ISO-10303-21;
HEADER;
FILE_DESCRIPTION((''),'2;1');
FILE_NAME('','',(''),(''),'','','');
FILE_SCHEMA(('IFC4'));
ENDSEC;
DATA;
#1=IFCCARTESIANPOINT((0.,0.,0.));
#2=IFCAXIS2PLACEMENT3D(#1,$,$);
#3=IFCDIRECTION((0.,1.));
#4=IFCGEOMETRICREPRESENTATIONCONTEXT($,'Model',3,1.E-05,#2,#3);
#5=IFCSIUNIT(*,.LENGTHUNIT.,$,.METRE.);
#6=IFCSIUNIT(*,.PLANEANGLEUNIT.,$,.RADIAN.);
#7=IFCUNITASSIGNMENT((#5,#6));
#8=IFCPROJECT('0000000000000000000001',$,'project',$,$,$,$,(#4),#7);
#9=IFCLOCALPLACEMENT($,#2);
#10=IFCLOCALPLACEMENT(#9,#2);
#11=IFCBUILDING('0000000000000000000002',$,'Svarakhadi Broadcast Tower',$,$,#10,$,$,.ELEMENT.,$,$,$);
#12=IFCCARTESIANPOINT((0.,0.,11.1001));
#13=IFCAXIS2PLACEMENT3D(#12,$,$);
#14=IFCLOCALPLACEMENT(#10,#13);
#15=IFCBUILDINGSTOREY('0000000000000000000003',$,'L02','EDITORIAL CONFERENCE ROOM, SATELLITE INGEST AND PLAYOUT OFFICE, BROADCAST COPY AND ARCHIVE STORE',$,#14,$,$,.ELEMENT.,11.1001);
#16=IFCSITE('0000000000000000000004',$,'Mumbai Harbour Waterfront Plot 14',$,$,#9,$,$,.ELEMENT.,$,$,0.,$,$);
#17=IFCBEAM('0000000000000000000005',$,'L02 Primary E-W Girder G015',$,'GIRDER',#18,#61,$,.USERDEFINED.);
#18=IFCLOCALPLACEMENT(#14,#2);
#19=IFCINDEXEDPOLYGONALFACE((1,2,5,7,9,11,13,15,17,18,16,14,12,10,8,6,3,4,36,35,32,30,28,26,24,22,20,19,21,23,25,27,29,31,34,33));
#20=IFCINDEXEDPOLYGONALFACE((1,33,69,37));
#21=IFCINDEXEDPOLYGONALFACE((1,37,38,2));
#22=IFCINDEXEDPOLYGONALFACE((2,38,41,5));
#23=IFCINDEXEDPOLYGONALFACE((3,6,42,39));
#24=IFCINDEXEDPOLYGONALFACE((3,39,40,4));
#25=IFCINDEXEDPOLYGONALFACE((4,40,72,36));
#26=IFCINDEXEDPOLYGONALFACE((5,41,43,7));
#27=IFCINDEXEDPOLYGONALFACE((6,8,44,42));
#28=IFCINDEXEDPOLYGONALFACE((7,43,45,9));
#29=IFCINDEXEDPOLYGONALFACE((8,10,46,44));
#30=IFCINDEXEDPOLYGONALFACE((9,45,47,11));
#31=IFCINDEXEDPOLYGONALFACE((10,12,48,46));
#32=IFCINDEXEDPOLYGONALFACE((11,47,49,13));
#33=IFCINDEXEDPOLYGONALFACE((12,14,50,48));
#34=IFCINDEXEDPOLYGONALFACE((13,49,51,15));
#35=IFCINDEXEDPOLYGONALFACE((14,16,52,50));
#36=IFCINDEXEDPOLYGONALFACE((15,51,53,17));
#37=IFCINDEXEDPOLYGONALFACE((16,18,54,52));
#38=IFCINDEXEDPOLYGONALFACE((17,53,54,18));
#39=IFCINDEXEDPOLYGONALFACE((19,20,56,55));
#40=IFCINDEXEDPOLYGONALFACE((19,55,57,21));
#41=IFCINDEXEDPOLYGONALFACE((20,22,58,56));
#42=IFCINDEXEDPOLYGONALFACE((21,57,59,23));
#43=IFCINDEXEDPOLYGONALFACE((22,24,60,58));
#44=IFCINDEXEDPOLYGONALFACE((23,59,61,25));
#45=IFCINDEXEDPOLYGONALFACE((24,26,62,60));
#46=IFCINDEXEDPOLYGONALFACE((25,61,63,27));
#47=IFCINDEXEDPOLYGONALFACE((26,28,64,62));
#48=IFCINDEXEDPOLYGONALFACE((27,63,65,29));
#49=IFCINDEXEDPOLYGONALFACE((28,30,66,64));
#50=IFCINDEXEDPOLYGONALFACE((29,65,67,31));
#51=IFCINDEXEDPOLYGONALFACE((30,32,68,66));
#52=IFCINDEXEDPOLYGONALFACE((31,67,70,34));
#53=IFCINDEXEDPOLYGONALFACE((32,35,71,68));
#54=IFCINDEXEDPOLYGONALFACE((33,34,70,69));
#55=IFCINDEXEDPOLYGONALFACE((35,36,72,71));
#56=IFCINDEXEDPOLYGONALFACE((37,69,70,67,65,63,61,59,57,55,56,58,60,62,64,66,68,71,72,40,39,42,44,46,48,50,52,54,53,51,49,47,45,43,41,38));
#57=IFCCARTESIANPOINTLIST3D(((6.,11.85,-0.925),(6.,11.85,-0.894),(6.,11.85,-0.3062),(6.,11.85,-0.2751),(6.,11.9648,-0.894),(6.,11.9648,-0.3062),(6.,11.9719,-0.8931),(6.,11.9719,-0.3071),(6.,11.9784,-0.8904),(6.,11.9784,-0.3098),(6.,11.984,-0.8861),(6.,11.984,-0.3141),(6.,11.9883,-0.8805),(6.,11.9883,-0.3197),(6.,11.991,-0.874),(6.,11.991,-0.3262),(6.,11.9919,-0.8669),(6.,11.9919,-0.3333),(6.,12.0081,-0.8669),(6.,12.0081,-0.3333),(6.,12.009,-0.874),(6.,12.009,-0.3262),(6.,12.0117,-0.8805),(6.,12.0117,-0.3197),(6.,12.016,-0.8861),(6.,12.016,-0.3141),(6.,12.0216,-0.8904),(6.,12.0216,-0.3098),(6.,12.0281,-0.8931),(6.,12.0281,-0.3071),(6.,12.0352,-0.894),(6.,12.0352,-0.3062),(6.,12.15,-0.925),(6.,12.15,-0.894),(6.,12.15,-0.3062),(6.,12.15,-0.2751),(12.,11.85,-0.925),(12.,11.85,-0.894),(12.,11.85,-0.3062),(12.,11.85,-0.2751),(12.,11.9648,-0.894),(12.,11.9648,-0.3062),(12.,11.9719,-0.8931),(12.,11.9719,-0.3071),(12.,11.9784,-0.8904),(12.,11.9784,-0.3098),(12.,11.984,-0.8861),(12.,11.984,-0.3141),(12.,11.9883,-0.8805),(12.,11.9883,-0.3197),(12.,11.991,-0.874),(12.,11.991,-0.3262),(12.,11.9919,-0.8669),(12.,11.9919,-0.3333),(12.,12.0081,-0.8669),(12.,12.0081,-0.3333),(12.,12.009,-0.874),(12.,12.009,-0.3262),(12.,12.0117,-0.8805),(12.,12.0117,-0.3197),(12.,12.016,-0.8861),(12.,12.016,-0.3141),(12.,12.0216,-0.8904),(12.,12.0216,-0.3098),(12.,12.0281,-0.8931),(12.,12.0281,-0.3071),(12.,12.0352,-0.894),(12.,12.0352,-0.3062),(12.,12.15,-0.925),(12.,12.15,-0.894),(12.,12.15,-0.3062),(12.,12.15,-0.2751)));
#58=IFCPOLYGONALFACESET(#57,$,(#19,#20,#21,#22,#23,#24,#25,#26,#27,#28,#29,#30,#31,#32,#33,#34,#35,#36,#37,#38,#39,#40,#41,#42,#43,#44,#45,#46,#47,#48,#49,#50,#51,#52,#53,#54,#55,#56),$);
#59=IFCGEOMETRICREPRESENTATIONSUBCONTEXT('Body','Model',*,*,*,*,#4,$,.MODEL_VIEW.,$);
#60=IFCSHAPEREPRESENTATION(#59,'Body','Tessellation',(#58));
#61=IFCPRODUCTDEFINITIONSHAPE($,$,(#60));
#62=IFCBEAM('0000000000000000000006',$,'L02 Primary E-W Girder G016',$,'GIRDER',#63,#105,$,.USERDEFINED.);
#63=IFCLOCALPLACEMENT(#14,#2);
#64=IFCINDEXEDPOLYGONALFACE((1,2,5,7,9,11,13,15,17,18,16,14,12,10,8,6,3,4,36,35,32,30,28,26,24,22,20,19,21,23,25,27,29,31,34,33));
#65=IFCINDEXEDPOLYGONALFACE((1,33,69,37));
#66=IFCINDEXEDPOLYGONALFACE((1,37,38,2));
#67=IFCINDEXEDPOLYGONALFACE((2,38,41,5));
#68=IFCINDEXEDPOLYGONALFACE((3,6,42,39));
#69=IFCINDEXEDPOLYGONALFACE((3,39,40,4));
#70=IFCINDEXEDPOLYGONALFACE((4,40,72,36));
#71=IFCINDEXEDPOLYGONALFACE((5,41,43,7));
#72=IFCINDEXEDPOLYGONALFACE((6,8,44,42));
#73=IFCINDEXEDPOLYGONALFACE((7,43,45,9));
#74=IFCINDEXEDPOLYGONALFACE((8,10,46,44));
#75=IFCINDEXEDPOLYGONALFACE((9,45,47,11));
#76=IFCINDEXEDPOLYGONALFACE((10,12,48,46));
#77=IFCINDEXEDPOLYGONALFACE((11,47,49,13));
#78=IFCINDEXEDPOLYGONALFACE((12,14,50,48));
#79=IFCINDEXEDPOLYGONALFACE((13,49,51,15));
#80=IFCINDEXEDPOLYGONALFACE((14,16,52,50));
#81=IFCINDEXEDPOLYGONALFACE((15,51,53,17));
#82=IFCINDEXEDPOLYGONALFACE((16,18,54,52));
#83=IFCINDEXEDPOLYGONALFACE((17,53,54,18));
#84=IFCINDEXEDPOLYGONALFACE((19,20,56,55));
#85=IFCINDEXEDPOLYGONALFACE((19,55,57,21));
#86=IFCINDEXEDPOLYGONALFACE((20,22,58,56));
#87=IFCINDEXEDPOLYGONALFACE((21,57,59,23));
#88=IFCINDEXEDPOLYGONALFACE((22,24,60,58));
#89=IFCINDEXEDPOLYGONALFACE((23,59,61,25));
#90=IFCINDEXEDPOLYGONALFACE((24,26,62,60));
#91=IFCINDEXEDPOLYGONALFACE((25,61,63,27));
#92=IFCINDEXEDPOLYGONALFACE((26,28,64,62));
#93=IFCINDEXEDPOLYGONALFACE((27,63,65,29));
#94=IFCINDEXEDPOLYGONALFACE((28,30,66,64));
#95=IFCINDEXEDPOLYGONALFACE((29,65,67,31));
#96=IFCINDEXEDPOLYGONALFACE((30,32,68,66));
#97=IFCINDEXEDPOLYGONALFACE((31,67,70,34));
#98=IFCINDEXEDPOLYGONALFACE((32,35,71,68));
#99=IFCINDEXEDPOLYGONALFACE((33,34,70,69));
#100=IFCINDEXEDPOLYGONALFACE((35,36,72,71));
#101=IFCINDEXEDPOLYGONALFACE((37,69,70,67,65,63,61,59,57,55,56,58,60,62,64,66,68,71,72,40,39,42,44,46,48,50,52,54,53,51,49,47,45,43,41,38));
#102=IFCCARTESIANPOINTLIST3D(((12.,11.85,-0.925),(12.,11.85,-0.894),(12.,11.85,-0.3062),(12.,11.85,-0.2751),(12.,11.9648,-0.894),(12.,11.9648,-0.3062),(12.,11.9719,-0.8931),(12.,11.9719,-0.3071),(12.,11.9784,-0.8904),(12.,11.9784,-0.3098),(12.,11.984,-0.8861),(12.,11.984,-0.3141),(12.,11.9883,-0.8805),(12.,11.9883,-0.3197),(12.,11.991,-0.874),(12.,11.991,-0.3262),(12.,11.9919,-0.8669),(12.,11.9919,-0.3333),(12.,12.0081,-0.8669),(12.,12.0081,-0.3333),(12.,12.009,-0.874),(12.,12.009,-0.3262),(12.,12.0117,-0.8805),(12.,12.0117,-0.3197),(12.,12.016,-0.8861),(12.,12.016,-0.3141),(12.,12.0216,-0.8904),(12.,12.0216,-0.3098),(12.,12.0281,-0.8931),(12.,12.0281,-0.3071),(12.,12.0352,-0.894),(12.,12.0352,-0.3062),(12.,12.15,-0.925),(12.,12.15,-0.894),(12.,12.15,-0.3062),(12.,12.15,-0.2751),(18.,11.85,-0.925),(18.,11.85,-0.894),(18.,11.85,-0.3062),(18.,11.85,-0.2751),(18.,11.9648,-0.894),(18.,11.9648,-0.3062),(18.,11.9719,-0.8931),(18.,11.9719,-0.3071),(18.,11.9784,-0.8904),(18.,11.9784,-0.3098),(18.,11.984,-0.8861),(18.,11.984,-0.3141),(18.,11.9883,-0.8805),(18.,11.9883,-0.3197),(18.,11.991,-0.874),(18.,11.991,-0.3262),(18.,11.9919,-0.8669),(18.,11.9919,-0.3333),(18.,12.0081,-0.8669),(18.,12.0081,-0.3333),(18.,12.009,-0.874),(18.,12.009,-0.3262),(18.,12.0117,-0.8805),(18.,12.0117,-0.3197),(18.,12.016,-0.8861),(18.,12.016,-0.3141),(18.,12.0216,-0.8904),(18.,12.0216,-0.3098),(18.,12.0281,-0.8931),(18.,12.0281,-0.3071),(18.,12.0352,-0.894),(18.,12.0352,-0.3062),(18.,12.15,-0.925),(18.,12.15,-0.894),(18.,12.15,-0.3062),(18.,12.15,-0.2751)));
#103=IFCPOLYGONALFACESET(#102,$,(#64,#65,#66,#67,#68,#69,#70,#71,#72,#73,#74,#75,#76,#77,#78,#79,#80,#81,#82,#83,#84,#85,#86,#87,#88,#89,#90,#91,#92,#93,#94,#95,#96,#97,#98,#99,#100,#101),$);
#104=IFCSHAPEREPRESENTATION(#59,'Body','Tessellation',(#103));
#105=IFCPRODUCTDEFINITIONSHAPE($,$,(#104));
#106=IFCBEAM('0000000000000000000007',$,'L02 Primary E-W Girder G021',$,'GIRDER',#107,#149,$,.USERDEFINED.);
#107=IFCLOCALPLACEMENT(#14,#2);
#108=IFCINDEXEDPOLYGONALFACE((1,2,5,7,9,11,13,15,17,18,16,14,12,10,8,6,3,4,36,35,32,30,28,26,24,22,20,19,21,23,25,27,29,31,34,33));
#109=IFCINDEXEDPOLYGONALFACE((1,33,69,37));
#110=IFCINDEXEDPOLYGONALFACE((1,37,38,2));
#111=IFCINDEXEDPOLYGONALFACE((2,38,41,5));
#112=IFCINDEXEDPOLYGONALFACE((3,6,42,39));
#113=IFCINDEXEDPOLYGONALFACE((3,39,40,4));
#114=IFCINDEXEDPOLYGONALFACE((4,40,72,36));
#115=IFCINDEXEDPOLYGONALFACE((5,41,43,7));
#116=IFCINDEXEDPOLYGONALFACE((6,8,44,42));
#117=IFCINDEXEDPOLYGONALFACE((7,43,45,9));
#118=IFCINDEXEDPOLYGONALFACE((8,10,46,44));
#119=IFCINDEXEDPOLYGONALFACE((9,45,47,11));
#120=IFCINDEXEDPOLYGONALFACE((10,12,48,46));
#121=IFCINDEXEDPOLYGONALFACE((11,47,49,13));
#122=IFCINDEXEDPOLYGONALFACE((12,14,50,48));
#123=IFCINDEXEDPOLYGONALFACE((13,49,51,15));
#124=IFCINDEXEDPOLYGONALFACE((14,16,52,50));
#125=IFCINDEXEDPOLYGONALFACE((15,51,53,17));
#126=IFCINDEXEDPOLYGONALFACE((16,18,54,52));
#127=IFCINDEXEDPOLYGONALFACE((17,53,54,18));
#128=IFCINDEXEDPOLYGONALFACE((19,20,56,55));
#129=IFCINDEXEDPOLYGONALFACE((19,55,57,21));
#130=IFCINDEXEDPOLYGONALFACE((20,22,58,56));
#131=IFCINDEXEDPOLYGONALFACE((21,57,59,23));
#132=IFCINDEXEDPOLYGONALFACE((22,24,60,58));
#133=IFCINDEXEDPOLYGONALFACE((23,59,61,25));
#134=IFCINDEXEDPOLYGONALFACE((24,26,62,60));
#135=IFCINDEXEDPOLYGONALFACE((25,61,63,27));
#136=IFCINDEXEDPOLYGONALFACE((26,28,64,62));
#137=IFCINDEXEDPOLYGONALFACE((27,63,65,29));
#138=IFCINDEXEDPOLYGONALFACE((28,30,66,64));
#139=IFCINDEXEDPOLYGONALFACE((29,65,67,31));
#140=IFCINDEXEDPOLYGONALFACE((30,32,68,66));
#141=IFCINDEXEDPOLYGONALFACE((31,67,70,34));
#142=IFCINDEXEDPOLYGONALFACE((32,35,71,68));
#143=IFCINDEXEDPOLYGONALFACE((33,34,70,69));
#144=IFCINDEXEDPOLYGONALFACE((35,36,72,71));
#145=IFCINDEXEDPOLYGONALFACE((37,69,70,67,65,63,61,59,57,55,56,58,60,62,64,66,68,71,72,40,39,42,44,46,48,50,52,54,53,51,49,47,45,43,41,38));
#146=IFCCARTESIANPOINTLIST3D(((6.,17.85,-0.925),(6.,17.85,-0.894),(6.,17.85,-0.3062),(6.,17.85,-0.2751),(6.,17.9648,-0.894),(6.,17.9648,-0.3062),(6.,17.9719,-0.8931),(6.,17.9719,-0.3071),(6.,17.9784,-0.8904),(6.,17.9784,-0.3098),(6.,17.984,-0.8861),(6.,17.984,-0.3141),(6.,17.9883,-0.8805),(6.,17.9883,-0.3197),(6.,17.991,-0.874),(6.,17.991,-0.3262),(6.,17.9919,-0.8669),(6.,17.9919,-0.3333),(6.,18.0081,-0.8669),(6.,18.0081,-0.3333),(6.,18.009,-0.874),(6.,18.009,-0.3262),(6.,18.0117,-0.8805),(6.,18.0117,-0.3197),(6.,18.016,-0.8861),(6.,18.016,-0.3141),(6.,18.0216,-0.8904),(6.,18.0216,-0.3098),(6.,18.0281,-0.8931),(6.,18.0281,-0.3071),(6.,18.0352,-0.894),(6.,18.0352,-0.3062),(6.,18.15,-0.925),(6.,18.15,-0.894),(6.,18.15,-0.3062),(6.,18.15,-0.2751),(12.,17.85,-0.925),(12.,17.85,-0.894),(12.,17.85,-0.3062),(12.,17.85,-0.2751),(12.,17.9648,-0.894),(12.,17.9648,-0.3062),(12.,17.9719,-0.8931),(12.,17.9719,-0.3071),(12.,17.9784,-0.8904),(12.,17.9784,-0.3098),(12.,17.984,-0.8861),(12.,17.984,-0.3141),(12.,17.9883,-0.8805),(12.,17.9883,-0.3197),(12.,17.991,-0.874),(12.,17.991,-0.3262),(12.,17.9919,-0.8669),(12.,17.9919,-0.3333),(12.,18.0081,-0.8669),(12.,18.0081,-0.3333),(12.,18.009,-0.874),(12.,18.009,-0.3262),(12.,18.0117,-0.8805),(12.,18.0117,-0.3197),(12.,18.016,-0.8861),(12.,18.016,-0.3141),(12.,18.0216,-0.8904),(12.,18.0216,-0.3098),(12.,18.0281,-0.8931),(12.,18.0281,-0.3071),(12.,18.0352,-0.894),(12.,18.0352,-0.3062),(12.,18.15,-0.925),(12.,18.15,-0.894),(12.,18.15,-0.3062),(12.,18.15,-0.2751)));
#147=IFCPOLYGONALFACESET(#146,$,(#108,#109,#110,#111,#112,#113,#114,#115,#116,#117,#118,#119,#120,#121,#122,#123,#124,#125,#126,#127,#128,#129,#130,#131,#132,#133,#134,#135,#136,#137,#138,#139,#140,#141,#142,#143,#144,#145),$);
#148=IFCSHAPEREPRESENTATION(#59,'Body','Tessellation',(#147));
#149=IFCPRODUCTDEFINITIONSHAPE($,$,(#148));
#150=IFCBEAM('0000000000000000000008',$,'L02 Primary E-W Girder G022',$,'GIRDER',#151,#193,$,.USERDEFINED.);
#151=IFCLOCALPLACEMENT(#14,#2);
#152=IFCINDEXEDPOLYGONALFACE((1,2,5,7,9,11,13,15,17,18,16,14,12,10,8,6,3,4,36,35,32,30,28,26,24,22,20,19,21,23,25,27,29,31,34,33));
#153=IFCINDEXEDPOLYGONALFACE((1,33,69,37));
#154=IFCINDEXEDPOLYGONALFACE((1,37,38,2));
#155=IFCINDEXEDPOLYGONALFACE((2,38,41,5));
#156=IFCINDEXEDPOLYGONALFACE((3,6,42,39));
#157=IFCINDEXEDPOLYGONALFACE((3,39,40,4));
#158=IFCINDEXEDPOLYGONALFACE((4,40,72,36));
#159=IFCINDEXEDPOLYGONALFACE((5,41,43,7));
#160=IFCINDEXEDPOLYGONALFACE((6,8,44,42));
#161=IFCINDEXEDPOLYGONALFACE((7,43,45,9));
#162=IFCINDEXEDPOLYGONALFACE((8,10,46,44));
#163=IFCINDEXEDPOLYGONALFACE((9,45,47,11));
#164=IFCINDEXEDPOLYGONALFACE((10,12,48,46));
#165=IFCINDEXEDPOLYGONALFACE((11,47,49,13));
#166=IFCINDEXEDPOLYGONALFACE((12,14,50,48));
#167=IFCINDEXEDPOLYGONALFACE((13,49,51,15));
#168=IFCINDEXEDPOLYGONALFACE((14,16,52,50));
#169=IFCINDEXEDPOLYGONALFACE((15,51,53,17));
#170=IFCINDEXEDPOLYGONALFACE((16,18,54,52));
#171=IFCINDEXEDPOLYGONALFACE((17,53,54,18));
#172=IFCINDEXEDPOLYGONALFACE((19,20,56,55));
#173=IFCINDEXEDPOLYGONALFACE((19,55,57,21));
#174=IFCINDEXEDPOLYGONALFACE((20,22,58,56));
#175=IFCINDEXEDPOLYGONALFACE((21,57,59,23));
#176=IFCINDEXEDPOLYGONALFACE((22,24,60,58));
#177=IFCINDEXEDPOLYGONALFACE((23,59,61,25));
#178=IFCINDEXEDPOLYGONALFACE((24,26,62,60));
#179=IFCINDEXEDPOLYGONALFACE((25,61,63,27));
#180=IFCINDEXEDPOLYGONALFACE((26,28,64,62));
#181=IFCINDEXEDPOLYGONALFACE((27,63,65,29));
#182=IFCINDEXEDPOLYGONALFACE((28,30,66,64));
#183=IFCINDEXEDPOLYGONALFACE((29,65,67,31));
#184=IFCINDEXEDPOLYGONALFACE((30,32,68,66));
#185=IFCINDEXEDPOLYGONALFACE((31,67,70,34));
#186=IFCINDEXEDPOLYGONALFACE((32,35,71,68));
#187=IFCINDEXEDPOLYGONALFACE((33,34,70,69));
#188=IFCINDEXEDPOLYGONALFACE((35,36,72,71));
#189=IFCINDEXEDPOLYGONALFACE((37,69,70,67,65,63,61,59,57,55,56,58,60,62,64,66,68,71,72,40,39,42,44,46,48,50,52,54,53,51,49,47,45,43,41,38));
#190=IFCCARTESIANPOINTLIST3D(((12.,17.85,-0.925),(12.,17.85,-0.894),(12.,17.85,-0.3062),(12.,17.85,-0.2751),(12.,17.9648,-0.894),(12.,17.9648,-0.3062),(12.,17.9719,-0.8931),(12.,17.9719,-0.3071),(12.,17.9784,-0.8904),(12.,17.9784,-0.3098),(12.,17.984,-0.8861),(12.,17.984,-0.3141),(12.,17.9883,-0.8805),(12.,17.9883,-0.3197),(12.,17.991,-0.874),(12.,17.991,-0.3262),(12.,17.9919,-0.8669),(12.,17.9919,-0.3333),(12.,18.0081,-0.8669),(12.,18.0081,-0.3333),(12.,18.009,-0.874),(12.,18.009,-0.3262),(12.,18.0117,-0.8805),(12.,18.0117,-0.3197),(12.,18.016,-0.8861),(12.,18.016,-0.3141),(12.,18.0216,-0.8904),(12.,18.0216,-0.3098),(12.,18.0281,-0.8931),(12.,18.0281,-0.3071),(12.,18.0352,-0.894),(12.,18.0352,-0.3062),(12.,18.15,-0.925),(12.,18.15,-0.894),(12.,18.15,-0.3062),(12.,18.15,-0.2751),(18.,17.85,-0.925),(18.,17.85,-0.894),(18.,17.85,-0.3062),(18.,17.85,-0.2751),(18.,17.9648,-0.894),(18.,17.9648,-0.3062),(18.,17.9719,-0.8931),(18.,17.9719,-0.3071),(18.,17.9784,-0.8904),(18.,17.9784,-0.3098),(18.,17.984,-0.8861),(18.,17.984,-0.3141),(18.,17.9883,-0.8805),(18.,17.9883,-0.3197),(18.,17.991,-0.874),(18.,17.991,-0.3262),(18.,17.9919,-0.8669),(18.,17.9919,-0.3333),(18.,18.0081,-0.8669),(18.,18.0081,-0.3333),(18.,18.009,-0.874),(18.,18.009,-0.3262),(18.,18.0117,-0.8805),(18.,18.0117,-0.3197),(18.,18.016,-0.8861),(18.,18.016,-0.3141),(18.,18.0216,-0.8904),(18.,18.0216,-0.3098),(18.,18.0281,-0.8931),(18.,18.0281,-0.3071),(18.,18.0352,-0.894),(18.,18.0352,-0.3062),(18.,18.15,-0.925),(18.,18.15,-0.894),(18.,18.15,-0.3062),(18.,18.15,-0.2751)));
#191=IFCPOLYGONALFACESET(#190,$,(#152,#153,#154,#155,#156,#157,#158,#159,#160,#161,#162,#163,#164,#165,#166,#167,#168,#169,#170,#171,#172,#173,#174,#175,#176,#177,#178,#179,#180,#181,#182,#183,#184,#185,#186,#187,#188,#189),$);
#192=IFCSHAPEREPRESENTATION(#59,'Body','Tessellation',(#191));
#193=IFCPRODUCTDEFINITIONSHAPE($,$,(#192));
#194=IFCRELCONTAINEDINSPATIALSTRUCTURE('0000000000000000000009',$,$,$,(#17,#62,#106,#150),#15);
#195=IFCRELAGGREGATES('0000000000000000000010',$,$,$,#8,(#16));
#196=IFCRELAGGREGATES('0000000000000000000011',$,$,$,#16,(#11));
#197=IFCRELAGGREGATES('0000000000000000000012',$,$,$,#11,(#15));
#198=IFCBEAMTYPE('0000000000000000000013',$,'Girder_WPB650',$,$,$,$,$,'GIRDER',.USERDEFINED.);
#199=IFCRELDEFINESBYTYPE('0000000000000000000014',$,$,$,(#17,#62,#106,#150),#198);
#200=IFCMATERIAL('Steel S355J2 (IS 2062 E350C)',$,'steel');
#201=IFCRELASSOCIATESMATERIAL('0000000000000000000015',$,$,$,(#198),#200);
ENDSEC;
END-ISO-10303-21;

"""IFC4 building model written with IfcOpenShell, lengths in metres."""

from ifc_helpers import new_model, si_unit, direction, frame, origin, origin_2d, place, context, subcontext, project, spatial, i_section, extrude, material, material_profile, profile_set, type_object, element, save


model = new_model("IFC4")

# Units and contexts
model_context = context("Model", 3, precision=1e-05, world=origin(), true_north=direction((0.0, 1.0)))
body_context = subcontext(model_context, "Body", "Model", "MODEL_VIEW")
ifc_project = project(units=[si_unit("LENGTHUNIT", "METRE"), si_unit("PLANEANGLEUNIT", "RADIAN")], contexts=[model_context])

# Site, building, storey
site_placement = place(None, origin())
site = spatial("IfcSite", under=ifc_project, at=site_placement, Name="Mumbai Harbour Waterfront Plot 14", CompositionType="ELEMENT", RefElevation=0.0)
building_placement = place(site_placement, origin())
building = spatial("IfcBuilding", under=site, at=building_placement, Name="Svarakhadi Broadcast Tower", CompositionType="ELEMENT")
storey_placement = place(building_placement, frame((0.0, 0.0, 11.1001)))
storey = spatial("IfcBuildingStorey", under=building, at=storey_placement, Name="L02", Description="EDITORIAL CONFERENCE ROOM, SATELLITE INGEST AND PLAYOUT OFFICE, BROADCAST COPY AND ARCHIVE STORE", CompositionType="ELEMENT", Elevation=11.1001)

# Shared definitions
ifc_material_1 = material(Name="Steel S355J2 (IS 2062 E350C)", Category="steel")

# Beams
ifc_material_profile_1 = material_profile(ifc_material_1, i_section(OverallWidth=0.3, OverallDepth=0.6499, WebThickness=0.0161, FlangeThickness=0.031, FilletRadius=0.0271, at=origin_2d()), Name="WPB 650x300x225")
ifc_profile_set_1 = profile_set([ifc_material_profile_1], Name="Steel S355J2 (IS 2062 E350C)")
beam_type_1 = type_object("IfcBeamType", Name="Girder_WPB650", ElementType="GIRDER", PredefinedType="USERDEFINED", material=ifc_profile_set_1)
for number, where, z_axis, x_axis, name in (
    (1, (6.0, 12.0, -0.6001), (1.0, 0.0, 0.0), (0.0, 1.0, 0.0), "L02 Primary E-W Girder G015"),
    (2, (12.0, 12.0, -0.6001), (1.0, 0.0, 0.0), (0.0, 1.0, 0.0), "L02 Primary E-W Girder G016"),
    (3, (6.0, 18.0, -0.6001), (1.0, 0.0, 0.0), (0.0, 1.0, 0.0), "L02 Primary E-W Girder G021"),
    (4, (12.0, 18.0, -0.6001), (1.0, 0.0, 0.0), (0.0, 1.0, 0.0), "L02 Primary E-W Girder G022"),
):
    element("IfcBeam", number, at=place(storey_placement, frame(where, z_axis=z_axis, x_axis=x_axis)), inside=storey, type_object=beam_type_1, Name=name, ObjectType="GIRDER", PredefinedType="USERDEFINED", context=body_context, shape_type="SweptSolid", body=[
        extrude(i_section(OverallWidth=0.3, OverallDepth=0.6499, WebThickness=0.0161, FlangeThickness=0.031, FilletRadius=0.0271, at=origin_2d()), origin(), (0.0, 0.0, 1.0), 6.0),
    ])

save(model, "model.ifc")
